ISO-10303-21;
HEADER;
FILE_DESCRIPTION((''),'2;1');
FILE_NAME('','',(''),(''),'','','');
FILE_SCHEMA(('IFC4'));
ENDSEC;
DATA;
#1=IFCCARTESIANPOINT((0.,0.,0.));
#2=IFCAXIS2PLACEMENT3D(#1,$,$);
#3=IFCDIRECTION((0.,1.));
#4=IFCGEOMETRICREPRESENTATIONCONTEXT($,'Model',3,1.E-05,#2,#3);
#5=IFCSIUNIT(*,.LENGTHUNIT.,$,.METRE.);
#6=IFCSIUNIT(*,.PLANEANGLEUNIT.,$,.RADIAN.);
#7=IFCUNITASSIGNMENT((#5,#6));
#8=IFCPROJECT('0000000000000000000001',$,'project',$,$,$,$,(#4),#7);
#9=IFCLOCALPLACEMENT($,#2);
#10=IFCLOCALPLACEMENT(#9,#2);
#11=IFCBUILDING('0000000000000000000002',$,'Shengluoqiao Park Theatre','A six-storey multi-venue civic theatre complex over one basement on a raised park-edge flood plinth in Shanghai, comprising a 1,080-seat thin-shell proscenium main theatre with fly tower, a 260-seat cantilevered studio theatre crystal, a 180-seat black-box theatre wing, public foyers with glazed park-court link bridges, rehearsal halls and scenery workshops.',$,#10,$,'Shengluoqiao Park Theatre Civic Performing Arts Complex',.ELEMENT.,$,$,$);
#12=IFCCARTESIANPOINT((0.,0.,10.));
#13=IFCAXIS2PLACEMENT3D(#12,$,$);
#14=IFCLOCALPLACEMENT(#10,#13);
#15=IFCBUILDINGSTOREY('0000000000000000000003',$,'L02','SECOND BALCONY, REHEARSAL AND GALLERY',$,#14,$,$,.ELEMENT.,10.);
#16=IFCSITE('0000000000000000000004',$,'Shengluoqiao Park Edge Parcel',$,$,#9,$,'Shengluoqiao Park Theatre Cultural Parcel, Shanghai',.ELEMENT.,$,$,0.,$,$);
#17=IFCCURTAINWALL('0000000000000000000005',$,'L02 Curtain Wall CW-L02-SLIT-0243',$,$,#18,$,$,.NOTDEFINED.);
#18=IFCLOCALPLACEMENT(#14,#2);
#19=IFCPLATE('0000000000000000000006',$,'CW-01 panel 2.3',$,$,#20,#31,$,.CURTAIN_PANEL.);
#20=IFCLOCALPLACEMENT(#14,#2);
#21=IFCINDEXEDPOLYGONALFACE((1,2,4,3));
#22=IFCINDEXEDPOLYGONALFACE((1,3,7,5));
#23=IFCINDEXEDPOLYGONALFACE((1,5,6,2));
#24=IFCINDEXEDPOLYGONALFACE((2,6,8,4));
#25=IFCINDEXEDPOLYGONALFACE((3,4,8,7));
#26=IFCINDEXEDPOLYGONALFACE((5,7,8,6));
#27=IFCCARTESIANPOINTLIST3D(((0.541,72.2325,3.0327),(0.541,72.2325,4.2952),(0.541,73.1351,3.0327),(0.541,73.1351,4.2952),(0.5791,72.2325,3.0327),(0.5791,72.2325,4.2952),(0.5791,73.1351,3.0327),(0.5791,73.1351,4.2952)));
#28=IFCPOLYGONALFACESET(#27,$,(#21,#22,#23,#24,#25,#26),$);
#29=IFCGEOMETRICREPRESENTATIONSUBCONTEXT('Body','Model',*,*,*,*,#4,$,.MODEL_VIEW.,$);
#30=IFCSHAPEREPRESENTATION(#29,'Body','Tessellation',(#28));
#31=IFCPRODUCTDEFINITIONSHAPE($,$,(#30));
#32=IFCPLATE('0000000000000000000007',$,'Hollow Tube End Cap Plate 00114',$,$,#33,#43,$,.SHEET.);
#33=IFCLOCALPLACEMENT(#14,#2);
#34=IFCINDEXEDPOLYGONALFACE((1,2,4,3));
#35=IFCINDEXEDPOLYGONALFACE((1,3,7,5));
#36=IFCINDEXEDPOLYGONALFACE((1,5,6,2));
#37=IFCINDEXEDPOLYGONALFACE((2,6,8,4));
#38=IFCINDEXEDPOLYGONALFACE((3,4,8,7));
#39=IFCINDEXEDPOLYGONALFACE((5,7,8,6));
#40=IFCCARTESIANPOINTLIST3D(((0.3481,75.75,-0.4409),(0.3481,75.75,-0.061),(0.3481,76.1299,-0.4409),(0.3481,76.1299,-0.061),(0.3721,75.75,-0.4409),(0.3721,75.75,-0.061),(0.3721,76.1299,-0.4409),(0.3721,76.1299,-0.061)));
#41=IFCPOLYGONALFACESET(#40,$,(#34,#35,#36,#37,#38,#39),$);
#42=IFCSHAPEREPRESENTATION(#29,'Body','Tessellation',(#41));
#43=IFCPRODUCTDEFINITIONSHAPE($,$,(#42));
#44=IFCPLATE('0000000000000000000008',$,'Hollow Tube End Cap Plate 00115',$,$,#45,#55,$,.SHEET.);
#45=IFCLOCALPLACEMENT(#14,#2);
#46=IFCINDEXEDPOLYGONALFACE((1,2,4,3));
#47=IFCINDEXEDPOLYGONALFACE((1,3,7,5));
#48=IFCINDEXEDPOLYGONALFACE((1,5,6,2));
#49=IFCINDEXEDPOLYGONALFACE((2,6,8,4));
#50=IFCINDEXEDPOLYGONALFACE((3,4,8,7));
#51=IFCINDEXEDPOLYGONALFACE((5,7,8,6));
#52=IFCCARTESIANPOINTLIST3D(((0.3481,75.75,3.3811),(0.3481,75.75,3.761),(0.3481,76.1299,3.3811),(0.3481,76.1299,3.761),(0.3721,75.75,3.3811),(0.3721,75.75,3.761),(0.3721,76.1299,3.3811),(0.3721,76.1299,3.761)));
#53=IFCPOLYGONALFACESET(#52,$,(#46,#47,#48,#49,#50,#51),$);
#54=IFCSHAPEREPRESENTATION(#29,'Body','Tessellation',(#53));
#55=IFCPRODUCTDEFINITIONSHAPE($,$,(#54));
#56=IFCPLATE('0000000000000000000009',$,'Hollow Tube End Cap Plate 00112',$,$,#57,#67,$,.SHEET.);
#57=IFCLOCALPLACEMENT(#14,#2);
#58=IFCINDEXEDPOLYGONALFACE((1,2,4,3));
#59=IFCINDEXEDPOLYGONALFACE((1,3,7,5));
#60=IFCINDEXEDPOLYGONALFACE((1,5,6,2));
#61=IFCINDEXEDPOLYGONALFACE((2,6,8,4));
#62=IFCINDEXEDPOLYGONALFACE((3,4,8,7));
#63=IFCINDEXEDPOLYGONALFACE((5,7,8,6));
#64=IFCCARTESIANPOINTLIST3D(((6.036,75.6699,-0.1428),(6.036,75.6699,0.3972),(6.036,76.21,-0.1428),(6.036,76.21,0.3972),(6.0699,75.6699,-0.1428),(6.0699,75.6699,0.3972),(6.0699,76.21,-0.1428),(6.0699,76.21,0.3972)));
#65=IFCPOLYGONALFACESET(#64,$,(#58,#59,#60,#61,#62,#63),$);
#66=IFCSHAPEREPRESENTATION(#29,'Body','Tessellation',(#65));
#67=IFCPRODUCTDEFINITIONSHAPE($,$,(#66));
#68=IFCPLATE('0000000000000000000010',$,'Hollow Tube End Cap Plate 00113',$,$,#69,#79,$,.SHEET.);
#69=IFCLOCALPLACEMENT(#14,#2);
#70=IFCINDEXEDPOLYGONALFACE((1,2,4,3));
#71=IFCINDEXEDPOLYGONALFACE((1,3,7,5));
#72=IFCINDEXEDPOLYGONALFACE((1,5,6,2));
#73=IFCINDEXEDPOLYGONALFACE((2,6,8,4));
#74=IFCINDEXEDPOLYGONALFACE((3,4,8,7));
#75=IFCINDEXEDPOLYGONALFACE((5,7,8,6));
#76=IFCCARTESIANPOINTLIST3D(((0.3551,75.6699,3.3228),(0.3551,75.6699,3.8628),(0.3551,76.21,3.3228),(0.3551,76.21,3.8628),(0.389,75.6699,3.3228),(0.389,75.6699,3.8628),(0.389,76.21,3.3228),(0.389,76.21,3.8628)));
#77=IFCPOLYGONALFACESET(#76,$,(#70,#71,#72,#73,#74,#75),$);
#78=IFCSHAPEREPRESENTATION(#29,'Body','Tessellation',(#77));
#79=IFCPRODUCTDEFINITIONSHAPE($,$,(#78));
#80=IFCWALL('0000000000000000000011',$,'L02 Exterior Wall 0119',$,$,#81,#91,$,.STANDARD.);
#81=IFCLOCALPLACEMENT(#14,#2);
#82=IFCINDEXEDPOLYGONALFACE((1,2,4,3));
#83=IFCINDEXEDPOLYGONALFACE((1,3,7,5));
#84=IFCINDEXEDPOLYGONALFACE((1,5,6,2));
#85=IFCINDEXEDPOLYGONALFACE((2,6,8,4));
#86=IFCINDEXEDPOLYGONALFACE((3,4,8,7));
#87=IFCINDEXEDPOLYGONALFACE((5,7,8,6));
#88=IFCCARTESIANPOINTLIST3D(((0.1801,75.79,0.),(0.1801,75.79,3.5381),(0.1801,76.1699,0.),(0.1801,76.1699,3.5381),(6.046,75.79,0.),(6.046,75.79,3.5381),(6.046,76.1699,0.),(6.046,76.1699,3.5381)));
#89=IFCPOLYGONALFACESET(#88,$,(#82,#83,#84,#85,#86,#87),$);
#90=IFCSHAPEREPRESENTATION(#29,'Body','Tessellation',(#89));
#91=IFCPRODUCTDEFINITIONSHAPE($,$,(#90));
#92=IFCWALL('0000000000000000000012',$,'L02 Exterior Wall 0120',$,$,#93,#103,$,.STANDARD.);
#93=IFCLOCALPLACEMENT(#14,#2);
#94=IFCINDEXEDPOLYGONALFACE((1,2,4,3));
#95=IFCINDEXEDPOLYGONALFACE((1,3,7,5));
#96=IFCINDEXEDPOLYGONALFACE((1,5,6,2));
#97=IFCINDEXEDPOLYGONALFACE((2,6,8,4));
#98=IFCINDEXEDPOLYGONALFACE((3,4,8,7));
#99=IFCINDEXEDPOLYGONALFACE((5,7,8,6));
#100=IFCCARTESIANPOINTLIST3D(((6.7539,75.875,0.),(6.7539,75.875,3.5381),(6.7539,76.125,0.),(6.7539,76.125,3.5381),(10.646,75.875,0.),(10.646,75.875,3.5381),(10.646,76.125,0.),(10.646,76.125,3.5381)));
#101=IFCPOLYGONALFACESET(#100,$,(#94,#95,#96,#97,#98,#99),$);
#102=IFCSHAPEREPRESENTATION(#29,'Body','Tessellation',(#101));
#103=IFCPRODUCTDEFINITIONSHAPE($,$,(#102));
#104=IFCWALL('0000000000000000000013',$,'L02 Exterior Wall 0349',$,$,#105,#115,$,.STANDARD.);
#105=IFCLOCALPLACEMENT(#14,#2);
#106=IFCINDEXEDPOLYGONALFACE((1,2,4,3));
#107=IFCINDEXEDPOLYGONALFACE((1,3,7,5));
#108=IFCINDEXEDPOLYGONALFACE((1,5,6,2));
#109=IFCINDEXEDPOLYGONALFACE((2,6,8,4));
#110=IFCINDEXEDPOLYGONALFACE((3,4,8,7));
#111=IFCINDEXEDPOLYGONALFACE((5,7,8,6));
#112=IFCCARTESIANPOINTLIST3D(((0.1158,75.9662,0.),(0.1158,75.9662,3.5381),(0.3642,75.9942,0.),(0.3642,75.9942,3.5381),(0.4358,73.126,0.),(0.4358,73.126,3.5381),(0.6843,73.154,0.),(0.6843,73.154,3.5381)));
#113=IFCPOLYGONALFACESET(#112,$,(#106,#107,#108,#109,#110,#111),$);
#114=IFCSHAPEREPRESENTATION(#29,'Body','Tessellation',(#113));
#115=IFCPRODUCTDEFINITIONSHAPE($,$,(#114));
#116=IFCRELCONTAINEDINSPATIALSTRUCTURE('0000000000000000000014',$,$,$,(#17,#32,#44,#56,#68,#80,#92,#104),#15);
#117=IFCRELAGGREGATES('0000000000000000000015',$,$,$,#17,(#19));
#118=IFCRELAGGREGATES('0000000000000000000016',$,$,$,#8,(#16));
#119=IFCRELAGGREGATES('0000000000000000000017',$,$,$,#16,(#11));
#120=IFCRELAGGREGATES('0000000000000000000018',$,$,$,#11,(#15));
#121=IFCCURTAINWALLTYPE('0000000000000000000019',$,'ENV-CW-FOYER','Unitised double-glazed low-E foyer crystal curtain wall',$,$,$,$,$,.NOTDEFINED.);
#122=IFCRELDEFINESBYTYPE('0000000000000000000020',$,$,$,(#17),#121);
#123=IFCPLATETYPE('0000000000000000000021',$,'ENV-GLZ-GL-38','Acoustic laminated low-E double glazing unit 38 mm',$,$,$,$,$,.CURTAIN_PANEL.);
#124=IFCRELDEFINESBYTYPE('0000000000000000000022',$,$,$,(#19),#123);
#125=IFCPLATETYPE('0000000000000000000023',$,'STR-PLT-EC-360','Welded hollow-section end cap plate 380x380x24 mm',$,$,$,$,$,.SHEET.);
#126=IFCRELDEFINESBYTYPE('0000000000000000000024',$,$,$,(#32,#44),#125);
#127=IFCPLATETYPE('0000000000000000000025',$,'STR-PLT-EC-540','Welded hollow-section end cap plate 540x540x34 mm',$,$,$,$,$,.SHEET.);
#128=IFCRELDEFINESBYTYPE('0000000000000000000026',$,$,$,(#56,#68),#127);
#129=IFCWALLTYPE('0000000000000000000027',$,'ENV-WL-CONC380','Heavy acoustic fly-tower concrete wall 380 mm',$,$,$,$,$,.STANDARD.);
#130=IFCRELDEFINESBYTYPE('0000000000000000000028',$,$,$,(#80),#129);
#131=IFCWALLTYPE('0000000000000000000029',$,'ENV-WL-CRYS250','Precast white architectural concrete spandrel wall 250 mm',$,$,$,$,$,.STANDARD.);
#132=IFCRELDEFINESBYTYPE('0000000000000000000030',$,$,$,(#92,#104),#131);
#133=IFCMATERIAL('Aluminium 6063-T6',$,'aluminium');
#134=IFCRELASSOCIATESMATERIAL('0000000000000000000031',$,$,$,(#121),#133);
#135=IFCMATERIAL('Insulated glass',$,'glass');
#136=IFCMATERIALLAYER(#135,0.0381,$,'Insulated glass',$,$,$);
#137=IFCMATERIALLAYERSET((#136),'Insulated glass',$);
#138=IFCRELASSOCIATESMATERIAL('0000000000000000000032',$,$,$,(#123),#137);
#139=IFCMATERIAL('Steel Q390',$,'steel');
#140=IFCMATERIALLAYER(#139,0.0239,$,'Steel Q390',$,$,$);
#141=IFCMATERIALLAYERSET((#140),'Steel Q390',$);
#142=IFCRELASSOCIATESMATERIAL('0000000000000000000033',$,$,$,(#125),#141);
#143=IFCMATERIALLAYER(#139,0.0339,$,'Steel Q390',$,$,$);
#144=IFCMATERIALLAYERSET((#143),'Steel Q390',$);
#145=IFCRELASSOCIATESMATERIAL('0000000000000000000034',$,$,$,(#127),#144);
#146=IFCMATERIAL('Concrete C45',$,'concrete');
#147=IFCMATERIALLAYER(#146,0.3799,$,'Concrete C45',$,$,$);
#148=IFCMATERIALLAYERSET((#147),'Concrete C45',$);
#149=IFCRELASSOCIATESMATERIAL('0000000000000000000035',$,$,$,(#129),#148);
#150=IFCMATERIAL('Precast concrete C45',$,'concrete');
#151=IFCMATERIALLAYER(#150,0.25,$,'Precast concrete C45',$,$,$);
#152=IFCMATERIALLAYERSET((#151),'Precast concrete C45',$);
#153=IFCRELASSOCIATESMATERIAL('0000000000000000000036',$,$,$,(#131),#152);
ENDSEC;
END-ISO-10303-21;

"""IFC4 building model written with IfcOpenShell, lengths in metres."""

from ifc_helpers import new_model, si_unit, direction, frame, frame_2d, origin, origin_2d, place, context, subcontext, project, spatial, rectangle, extrude, material, layer, layer_set, type_object, element, aggregate, save


model = new_model("IFC4")

# Units and contexts
model_context = context("Model", 3, precision=1e-05, world=origin(), true_north=direction((0.0, 1.0)))
body_context = subcontext(model_context, "Body", "Model", "MODEL_VIEW")
ifc_project = project(units=[si_unit("LENGTHUNIT", "METRE"), si_unit("PLANEANGLEUNIT", "RADIAN")], contexts=[model_context])

# Site, building, storey
site_placement = place(None, origin())
site = spatial("IfcSite", under=ifc_project, at=site_placement, Name="Shengluoqiao Park Edge Parcel", LongName="Shengluoqiao Park Theatre Cultural Parcel, Shanghai", CompositionType="ELEMENT", RefElevation=0.0)
building_placement = place(site_placement, origin())
building = spatial("IfcBuilding", under=site, at=building_placement, Name="Shengluoqiao Park Theatre", Description="A six-storey multi-venue civic theatre complex over one basement on a raised park-edge flood plinth in Shanghai, comprising a 1,080-seat thin-shell proscenium main theatre with fly tower, a 260-seat cantilevered studio theatre crystal, a 180-seat black-box theatre wing, public foyers with glazed park-court link bridges, rehearsal halls and scenery workshops.", LongName="Shengluoqiao Park Theatre Civic Performing Arts Complex", CompositionType="ELEMENT")
storey_placement = place(building_placement, frame((0.0, 0.0, 10.0)))
storey = spatial("IfcBuildingStorey", under=building, at=storey_placement, Name="L02", Description="SECOND BALCONY, REHEARSAL AND GALLERY", CompositionType="ELEMENT", Elevation=10.0)

# Curtain wall
ifc_material_1 = material(Name="Aluminium 6063-T6", Category="aluminium")
curtain_wall_type = type_object("IfcCurtainWallType", Name="ENV-CW-FOYER", Description="Unitised double-glazed low-E foyer crystal curtain wall", PredefinedType="NOTDEFINED", material=ifc_material_1)
curtain_wall_1_placement = place(storey_placement, origin())
curtain_wall_1 = element("IfcCurtainWall", 1, at=curtain_wall_1_placement, inside=storey, type_object=curtain_wall_type, Name="L02 Curtain Wall CW-L02-SLIT-0243", PredefinedType="NOTDEFINED")

# Shared definitions
ifc_material_2 = material(Name="Steel Q390", Category="steel")

# Shared definitions
ifc_material_3 = material(Name="Precast concrete C45", Category="concrete")

# Plate
ifc_material_4 = material(Name="Insulated glass", Category="glass")
ifc_layer_1 = layer(ifc_material_4, 0.0381, Name="Insulated glass")
ifc_layer_set_1 = layer_set([ifc_layer_1], Name="Insulated glass")
plate_type_1 = type_object("IfcPlateType", Name="ENV-GLZ-GL-38", Description="Acoustic laminated low-E double glazing unit 38 mm", PredefinedType="CURTAIN_PANEL", material=ifc_layer_set_1)
plate_1_placement = place(storey_placement, frame((0.5601, 72.6838, 3.0327), z_axis=(0.0, 0.0, 1.0), x_axis=(0.0, 1.0, 0.0)))
plate_1 = element("IfcPlate", 2, at=plate_1_placement, type_object=plate_type_1, Name="CW-01 panel 2.3", PredefinedType="CURTAIN_PANEL", context=body_context, shape_type="SweptSolid", body=[
    extrude(rectangle(XDim=0.9026, YDim=0.0381, at=origin_2d()), origin(), (0.0, 0.0, 1.0), 1.2625),
])
aggregate(curtain_wall_1, [plate_1])

# Plates
ifc_layer_2 = layer(ifc_material_2, 0.0239, Name="Steel Q390")
ifc_layer_set_2 = layer_set([ifc_layer_2], Name="Steel Q390")
plate_type_2 = type_object("IfcPlateType", Name="STR-PLT-EC-360", Description="Welded hollow-section end cap plate 380x380x24 mm", PredefinedType="SHEET", material=ifc_layer_set_2)
for number, where, z_axis, x_axis, name in (
    (3, (0.3601, 75.9399, -0.4409), (0.0, 0.0, 1.0), (1.0, 0.0, 0.0), "Hollow Tube End Cap Plate 00114"),
    (4, (0.3601, 75.9399, 3.3811), (0.0, 0.0, 1.0), (1.0, 0.0, 0.0), "Hollow Tube End Cap Plate 00115"),
):
    element("IfcPlate", number, at=place(storey_placement, frame(where, z_axis=z_axis, x_axis=x_axis)), inside=storey, type_object=plate_type_2, Name=name, PredefinedType="SHEET", context=body_context, shape_type="SweptSolid", body=[
        extrude(rectangle(XDim=0.0239, YDim=0.3799, at=origin_2d()), origin(), (0.0, 0.0, 1.0), 0.3799),
    ])
ifc_layer_3 = layer(ifc_material_2, 0.0339, Name="Steel Q390")
ifc_layer_set_3 = layer_set([ifc_layer_3], Name="Steel Q390")
plate_type_3 = type_object("IfcPlateType", Name="STR-PLT-EC-540", Description="Welded hollow-section end cap plate 540x540x34 mm", PredefinedType="SHEET", material=ifc_layer_set_3)
for number, where, z_axis, x_axis, name in (
    (5, (6.053, 75.9399, -0.1428), (0.0, 0.0, 1.0), (-1.0, 0.0, 0.0), "Hollow Tube End Cap Plate 00112"),
    (6, (0.3721, 75.9399, 3.3228), (0.0, 0.0, 1.0), (-1.0, 0.0, 0.0), "Hollow Tube End Cap Plate 00113"),
):
    element("IfcPlate", number, at=place(storey_placement, frame(where, z_axis=z_axis, x_axis=x_axis)), inside=storey, type_object=plate_type_3, Name=name, PredefinedType="SHEET", context=body_context, shape_type="SweptSolid", body=[
        extrude(rectangle(XDim=0.0339, YDim=0.54, at=origin_2d()), origin(), (0.0, 0.0, 1.0), 0.54),
    ])

# Walls
ifc_material_5 = material(Name="Concrete C45", Category="concrete")
ifc_layer_4 = layer(ifc_material_5, 0.3799, Name="Concrete C45")
ifc_layer_set_4 = layer_set([ifc_layer_4], Name="Concrete C45")
wall_type_1 = type_object("IfcWallType", Name="ENV-WL-CONC380", Description="Heavy acoustic fly-tower concrete wall 380 mm", PredefinedType="STANDARD", material=ifc_layer_set_4)
wall_1_placement = place(storey_placement, frame((0.1799, 75.98, 0.0), z_axis=(0.0, 0.0, 1.0), x_axis=(1.0, 0.0, 0.0)))
element("IfcWall", 7, at=wall_1_placement, inside=storey, type_object=wall_type_1, Name="L02 Exterior Wall 0119", PredefinedType="STANDARD", context=body_context, shape_type="SweptSolid", body=[
    extrude(rectangle(XDim=5.866, YDim=0.3799, at=frame_2d((2.9331, 0.0))), origin(), (0.0, 0.0, 1.0), 3.5381),
])
ifc_layer_5 = layer(ifc_material_3, 0.25, Name="Precast concrete C45")
ifc_layer_set_5 = layer_set([ifc_layer_5], Name="Precast concrete C45")
wall_type_2 = type_object("IfcWallType", Name="ENV-WL-CRYS250", Description="Precast white architectural concrete spandrel wall 250 mm", PredefinedType="STANDARD", material=ifc_layer_set_5)
wall_2_placement = place(storey_placement, frame((6.7539, 76.0, 0.0), z_axis=(0.0, 0.0, 1.0), x_axis=(1.0, 0.0, 0.0)))
element("IfcWall", 8, at=wall_2_placement, inside=storey, type_object=wall_type_2, Name="L02 Exterior Wall 0120", PredefinedType="STANDARD", context=body_context, shape_type="SweptSolid", body=[
    extrude(rectangle(XDim=3.8921, YDim=0.25, at=frame_2d((1.946, 0.0))), origin(), (0.0, 0.0, 1.0), 3.5381),
])
wall_3_placement = place(storey_placement, frame((0.5601, 73.1399, 0.0), z_axis=(0.0, 0.0, 1.0), x_axis=(-0.111988, 0.99371, 0.0)))
element("IfcWall", 9, at=wall_3_placement, inside=storey, type_object=wall_type_2, Name="L02 Exterior Wall 0349", PredefinedType="STANDARD", context=body_context, shape_type="SweptSolid", body=[
    extrude(rectangle(XDim=2.8582, YDim=0.25, at=frame_2d((1.4292, 0.0))), origin(), (0.0, 0.0, 1.0), 3.5381),
])

save(model, "model.ifc")
